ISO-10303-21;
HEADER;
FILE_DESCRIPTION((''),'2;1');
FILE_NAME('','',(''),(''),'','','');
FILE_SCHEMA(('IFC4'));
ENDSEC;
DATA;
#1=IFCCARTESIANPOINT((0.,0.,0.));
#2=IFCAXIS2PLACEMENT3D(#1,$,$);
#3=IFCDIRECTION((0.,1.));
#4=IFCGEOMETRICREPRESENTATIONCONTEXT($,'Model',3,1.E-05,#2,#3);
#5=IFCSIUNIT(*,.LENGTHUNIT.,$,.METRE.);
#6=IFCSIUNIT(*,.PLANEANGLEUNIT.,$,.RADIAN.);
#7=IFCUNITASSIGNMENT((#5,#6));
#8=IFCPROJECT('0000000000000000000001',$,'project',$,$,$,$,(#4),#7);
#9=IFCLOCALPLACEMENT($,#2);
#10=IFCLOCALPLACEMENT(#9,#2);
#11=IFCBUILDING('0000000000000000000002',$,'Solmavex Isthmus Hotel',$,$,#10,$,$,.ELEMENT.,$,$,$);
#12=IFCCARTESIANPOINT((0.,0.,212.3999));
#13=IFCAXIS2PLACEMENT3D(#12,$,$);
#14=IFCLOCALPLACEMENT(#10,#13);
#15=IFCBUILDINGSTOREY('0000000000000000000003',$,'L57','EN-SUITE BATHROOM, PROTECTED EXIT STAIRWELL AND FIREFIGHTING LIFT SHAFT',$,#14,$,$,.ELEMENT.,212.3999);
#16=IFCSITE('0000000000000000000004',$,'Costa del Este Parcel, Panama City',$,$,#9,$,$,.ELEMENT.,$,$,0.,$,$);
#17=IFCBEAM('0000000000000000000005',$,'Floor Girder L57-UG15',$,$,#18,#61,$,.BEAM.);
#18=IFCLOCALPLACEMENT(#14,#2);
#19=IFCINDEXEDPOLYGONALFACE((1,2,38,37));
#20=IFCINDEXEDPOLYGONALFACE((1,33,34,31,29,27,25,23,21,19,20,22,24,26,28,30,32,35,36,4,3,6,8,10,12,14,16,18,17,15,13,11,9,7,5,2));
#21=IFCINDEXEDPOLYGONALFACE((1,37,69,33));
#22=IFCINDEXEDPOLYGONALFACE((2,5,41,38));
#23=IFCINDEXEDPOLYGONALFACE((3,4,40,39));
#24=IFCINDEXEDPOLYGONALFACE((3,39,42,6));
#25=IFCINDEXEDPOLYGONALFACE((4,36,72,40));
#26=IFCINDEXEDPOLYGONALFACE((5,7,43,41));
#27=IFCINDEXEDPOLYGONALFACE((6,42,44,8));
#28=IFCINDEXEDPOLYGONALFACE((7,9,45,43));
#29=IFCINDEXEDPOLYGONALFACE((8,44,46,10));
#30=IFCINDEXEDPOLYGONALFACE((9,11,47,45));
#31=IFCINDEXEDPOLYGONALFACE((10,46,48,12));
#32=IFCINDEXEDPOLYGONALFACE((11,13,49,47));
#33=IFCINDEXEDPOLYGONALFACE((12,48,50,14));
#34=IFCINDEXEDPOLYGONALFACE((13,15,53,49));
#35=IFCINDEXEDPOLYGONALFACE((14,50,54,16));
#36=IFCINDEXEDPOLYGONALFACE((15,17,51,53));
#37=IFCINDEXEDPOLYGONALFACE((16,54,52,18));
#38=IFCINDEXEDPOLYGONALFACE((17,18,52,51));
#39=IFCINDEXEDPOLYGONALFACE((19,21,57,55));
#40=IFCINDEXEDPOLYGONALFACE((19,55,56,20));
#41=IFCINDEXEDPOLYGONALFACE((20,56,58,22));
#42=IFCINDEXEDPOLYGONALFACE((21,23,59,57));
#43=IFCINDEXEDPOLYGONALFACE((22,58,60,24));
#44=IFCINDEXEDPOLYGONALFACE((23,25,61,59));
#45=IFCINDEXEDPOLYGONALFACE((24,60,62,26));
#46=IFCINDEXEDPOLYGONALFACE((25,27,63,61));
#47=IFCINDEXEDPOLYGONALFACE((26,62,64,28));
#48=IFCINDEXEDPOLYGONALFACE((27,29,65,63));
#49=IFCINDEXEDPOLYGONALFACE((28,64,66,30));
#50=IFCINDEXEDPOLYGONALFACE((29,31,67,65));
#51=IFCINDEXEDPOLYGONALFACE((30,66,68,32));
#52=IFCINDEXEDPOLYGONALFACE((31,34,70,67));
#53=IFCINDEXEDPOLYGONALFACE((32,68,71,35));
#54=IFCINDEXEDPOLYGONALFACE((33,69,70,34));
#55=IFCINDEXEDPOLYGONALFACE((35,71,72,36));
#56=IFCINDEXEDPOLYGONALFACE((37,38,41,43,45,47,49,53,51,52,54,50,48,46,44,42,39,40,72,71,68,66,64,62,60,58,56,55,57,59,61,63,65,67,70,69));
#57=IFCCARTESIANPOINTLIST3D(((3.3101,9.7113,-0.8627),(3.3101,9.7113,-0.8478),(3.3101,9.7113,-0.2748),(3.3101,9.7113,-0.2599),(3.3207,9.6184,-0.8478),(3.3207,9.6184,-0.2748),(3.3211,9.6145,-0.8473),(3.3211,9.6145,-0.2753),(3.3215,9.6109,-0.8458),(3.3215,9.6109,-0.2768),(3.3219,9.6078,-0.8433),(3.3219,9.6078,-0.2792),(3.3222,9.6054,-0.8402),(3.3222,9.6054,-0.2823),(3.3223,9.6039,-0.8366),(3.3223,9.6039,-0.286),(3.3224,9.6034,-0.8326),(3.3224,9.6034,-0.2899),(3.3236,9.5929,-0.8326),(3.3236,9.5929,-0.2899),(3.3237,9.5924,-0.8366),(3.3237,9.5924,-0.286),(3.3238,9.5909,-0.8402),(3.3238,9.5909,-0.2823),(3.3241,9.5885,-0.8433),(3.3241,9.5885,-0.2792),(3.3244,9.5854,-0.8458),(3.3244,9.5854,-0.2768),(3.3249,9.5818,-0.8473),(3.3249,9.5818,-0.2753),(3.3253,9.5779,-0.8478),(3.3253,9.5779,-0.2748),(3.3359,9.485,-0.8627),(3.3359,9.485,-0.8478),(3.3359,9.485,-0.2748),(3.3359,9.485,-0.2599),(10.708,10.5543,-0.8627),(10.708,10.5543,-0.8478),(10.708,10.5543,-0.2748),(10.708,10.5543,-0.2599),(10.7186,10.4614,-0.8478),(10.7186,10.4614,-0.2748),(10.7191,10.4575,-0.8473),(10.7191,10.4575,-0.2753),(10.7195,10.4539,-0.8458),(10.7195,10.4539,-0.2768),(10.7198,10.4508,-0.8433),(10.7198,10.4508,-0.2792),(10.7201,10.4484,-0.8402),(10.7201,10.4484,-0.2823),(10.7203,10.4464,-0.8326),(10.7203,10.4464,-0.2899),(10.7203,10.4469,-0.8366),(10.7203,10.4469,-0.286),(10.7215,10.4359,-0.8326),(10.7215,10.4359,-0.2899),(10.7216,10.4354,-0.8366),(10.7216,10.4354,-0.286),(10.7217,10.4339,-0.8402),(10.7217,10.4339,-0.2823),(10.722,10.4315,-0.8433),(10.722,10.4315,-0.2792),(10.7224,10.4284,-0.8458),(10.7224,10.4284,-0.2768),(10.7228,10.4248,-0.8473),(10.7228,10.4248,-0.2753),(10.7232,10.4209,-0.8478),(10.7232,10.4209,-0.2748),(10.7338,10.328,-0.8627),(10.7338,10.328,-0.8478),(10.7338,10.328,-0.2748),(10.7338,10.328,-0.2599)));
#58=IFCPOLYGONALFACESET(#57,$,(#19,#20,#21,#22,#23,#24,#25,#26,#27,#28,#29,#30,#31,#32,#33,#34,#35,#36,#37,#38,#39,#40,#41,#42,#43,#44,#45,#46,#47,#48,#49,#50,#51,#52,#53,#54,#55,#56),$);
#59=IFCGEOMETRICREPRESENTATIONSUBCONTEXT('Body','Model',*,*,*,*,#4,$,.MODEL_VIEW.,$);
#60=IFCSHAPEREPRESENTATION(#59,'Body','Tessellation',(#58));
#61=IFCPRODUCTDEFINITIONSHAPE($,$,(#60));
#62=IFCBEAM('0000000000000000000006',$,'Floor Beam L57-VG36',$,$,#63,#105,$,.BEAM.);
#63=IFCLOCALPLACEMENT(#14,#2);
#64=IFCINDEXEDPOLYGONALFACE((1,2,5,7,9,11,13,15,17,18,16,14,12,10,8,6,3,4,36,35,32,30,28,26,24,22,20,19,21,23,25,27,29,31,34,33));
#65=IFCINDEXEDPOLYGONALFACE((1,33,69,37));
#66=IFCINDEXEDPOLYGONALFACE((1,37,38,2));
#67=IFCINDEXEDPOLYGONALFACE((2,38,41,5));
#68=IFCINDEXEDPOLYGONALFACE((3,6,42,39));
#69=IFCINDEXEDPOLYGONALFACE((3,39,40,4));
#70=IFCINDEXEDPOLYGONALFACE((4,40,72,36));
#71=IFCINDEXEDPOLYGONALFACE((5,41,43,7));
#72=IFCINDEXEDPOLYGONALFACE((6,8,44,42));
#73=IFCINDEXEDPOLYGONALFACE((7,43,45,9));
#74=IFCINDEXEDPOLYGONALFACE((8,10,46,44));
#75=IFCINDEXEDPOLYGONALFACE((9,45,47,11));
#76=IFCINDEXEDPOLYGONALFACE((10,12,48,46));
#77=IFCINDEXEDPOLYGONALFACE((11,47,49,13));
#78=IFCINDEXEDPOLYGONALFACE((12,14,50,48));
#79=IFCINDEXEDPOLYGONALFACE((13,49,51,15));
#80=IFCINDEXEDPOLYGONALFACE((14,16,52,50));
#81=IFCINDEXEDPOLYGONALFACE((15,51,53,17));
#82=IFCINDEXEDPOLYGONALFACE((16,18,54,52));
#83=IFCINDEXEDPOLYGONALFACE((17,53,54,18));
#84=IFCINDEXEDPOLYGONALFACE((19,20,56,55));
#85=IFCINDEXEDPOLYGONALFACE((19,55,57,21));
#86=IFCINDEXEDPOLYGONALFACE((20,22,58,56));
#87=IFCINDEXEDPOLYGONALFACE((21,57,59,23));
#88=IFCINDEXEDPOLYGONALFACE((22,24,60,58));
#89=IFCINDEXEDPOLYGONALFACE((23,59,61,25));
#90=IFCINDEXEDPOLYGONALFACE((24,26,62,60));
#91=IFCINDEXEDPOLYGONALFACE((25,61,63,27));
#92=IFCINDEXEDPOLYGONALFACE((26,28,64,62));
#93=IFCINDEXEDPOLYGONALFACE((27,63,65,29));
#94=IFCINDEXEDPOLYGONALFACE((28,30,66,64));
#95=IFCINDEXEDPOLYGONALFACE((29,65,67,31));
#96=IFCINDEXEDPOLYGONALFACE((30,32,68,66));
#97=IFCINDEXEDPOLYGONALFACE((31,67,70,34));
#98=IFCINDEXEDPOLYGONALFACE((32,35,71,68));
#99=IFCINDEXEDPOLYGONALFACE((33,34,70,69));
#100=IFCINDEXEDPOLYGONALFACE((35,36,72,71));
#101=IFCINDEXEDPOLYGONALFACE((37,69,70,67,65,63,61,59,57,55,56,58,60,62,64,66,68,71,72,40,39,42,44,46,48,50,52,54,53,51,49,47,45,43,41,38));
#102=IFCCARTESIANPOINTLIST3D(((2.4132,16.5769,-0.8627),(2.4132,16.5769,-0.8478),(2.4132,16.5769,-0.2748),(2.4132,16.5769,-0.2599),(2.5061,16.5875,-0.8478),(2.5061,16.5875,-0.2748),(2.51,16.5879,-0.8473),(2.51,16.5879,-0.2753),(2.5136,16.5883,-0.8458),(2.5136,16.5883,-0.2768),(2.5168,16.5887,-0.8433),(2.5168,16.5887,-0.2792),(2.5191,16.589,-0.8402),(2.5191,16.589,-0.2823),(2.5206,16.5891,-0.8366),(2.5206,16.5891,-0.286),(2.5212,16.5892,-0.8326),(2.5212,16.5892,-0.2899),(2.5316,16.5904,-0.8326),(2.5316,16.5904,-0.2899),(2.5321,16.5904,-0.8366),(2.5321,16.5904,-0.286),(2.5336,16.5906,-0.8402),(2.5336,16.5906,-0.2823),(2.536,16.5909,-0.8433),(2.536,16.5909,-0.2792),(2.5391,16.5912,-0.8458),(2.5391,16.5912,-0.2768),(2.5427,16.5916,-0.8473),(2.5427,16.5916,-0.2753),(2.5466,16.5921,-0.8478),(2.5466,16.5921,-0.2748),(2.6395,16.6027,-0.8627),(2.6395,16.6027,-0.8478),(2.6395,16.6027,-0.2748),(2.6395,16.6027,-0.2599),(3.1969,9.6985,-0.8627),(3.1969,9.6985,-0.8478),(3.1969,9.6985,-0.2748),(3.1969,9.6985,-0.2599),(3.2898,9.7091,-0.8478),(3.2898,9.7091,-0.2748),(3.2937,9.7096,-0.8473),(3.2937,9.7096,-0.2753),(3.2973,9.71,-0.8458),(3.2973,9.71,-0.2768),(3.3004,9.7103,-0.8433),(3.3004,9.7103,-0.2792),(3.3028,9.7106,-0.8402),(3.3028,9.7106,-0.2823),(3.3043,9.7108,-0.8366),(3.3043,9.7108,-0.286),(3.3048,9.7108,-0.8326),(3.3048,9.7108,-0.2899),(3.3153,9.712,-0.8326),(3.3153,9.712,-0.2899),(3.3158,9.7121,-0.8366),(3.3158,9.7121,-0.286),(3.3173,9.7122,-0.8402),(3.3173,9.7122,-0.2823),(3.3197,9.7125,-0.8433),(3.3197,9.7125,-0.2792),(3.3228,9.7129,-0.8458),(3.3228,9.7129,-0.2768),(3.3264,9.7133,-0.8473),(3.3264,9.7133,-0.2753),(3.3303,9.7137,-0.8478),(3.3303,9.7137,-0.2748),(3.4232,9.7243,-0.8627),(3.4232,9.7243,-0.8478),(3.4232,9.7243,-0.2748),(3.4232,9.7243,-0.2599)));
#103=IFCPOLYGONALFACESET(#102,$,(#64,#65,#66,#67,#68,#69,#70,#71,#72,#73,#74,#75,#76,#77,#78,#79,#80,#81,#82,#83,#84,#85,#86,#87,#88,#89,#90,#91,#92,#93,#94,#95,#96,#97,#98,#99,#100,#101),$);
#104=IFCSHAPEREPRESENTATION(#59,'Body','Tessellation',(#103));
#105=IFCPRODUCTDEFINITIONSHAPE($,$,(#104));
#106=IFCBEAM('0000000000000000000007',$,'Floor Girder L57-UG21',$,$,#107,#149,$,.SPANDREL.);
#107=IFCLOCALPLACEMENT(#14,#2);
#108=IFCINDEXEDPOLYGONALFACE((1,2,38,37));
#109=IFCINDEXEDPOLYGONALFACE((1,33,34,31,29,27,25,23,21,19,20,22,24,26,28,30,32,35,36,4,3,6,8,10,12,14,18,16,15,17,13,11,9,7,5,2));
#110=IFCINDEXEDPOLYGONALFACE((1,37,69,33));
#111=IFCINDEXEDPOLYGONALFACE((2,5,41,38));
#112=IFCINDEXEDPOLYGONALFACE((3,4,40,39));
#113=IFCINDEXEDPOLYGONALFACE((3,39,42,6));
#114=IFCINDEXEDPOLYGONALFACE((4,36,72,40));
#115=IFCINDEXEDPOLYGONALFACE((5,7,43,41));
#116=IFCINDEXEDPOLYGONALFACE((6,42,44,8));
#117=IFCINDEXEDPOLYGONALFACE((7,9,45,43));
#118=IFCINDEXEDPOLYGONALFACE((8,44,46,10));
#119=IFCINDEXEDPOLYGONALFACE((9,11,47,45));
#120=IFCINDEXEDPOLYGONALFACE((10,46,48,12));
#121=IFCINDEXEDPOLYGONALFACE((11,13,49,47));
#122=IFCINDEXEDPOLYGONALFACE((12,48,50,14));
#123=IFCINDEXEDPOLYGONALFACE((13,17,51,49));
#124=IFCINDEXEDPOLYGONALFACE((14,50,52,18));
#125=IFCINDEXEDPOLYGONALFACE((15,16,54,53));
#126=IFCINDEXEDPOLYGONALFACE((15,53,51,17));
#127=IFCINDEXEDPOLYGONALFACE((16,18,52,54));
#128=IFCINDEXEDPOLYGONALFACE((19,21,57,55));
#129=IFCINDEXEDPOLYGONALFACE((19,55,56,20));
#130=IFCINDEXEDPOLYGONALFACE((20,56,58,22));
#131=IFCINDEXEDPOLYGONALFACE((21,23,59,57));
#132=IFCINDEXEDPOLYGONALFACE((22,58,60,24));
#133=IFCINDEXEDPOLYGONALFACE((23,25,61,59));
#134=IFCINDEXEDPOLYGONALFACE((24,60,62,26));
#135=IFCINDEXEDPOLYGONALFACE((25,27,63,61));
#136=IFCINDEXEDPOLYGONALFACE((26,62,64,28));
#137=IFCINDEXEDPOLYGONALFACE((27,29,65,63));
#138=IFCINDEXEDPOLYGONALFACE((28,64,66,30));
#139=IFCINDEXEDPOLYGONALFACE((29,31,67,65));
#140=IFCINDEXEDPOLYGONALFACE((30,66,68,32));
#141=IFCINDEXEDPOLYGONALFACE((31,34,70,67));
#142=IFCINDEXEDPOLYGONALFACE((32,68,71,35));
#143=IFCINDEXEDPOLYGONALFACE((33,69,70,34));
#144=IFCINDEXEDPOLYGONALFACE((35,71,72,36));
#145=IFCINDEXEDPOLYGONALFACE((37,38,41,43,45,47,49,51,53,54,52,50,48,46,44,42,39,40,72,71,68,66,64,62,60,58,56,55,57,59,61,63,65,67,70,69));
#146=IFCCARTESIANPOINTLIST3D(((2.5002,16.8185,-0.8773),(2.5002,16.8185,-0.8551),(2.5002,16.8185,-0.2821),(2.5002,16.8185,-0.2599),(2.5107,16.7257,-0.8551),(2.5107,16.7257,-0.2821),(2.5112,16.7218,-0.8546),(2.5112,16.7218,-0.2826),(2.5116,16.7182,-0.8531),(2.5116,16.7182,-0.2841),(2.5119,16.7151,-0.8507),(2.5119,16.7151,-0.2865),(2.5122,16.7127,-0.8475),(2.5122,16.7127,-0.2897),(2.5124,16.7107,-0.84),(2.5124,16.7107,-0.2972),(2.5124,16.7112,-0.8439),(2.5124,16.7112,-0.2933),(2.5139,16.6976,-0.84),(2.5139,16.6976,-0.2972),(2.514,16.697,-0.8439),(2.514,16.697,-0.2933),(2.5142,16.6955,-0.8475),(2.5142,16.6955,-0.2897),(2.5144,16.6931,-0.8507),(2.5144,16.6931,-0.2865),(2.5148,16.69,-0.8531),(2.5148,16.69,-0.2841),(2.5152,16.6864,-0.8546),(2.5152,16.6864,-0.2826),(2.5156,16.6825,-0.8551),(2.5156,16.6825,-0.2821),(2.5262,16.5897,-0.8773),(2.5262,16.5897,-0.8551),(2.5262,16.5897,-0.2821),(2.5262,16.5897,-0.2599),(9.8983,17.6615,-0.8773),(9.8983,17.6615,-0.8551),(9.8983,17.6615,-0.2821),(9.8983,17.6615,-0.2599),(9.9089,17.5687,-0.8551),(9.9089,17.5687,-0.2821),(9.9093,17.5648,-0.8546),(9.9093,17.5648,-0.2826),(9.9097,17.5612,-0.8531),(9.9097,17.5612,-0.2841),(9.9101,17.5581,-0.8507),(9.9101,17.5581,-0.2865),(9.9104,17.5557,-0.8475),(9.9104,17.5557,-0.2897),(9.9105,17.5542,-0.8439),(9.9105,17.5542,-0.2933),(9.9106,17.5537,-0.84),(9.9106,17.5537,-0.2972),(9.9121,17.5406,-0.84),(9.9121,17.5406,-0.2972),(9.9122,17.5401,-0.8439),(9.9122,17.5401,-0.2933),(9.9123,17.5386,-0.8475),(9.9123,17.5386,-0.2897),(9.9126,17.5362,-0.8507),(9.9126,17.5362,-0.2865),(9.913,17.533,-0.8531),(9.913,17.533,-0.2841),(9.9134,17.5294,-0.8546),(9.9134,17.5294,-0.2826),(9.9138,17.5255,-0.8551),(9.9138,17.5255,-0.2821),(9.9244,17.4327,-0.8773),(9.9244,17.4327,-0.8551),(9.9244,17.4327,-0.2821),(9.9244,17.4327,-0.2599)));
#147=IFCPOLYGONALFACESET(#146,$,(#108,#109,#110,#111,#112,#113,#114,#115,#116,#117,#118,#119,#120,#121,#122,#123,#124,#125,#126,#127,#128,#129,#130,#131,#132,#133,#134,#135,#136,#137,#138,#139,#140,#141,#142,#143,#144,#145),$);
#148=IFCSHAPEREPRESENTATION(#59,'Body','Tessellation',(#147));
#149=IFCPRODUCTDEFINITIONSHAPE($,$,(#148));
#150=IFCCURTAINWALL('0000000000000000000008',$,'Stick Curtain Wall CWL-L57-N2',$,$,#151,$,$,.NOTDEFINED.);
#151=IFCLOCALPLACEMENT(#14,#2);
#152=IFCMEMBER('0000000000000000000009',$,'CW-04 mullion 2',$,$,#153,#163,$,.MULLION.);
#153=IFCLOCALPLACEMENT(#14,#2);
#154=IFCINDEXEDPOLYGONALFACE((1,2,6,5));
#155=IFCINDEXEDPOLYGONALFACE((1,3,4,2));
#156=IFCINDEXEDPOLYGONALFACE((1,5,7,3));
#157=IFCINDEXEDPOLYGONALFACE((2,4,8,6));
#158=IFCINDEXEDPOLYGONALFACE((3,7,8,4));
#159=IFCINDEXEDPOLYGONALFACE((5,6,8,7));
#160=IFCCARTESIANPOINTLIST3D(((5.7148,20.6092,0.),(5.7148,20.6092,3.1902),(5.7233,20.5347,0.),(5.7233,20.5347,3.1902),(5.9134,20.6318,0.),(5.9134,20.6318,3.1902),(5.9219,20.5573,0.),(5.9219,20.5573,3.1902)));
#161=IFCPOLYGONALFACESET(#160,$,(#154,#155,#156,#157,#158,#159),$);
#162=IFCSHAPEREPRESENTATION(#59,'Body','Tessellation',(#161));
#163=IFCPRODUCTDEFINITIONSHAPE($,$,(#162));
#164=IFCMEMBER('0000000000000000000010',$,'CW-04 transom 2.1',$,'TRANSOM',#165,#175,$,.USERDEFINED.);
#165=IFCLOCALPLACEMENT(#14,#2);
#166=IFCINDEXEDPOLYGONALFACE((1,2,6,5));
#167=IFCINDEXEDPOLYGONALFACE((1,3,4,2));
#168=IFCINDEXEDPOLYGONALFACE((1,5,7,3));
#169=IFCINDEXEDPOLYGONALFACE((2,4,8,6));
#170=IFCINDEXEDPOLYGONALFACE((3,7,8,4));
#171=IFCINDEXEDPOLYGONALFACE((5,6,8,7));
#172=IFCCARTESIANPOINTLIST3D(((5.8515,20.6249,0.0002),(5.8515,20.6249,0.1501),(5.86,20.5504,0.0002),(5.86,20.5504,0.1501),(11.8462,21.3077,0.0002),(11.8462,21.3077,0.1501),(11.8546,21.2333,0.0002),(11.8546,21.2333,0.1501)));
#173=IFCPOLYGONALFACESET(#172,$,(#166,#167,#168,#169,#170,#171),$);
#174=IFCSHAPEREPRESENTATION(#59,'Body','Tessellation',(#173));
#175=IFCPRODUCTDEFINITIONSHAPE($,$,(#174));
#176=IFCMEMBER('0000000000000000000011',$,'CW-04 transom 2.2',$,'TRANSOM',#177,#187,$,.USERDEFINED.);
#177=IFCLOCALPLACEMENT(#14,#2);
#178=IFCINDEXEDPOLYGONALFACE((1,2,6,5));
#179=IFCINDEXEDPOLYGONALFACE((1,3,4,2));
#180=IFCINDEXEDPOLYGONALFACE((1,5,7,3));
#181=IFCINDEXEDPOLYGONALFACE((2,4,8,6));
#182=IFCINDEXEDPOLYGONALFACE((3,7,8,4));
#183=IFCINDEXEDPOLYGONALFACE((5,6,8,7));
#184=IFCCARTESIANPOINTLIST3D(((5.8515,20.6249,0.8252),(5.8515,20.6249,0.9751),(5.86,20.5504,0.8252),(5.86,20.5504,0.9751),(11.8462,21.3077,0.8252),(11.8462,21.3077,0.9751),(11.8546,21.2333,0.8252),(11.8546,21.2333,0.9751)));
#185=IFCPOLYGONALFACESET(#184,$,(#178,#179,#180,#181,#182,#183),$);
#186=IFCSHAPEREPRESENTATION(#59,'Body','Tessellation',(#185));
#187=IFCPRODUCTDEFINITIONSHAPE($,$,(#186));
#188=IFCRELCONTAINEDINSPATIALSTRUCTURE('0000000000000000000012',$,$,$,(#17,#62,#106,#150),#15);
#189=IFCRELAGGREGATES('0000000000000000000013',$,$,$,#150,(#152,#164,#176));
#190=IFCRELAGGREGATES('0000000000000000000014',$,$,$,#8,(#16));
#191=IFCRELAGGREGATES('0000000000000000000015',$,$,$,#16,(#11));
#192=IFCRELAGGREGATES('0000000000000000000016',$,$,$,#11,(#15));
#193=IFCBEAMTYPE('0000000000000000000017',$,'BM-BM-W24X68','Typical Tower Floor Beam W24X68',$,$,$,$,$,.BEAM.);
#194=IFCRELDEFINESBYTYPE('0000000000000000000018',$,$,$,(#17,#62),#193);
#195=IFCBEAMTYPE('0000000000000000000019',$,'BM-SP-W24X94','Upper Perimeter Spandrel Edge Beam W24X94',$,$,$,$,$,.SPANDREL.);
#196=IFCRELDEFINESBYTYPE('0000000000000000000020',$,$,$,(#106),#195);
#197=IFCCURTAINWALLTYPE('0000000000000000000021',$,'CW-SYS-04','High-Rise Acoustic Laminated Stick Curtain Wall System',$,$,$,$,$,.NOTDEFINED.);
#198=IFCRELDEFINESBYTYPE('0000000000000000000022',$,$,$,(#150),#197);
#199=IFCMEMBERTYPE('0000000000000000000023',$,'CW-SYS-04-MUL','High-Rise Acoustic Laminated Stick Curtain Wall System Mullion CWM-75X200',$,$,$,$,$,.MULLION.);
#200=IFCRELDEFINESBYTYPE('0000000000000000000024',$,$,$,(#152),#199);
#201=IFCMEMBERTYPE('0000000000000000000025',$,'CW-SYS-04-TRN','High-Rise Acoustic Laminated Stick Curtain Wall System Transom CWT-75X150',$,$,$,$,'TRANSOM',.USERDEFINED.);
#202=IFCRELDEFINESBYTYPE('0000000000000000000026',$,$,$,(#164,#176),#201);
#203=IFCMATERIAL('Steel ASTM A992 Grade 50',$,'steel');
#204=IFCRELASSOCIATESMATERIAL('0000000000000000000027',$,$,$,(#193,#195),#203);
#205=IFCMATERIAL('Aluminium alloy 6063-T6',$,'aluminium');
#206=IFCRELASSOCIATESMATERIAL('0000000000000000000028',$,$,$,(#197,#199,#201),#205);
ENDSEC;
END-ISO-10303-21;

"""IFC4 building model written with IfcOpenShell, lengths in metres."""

from ifc_helpers import new_model, si_unit, direction, frame, origin, origin_2d, place, context, subcontext, project, spatial, rectangle, i_section, extrude, material, material_profile, profile_set, type_object, element, aggregate, save


model = new_model("IFC4")

# Units and contexts
model_context = context("Model", 3, precision=1e-05, world=origin(), true_north=direction((0.0, 1.0)))
body_context = subcontext(model_context, "Body", "Model", "MODEL_VIEW")
ifc_project = project(units=[si_unit("LENGTHUNIT", "METRE"), si_unit("PLANEANGLEUNIT", "RADIAN")], contexts=[model_context])

# Site, building, storey
site_placement = place(None, origin())
site = spatial("IfcSite", under=ifc_project, at=site_placement, Name="Costa del Este Parcel, Panama City", CompositionType="ELEMENT", RefElevation=0.0)
building_placement = place(site_placement, origin())
building = spatial("IfcBuilding", under=site, at=building_placement, Name="Solmavex Isthmus Hotel", CompositionType="ELEMENT")
storey_placement = place(building_placement, frame((0.0, 0.0, 212.3999)))
storey = spatial("IfcBuildingStorey", under=building, at=storey_placement, Name="L57", Description="EN-SUITE BATHROOM, PROTECTED EXIT STAIRWELL AND FIREFIGHTING LIFT SHAFT", CompositionType="ELEMENT", Elevation=212.3999)

# Beams
ifc_material_1 = material(Name="Steel ASTM A992 Grade 50", Category="steel")
ifc_material_profile_1 = material_profile(ifc_material_1, i_section(OverallWidth=0.2278, OverallDepth=0.6028, WebThickness=0.0105, FlangeThickness=0.0149, FilletRadius=0.0151, at=origin_2d()), Name="W24X68")
ifc_profile_set_1 = profile_set([ifc_material_profile_1], Name="Steel ASTM A992 Grade 50")
beam_type_1 = type_object("IfcBeamType", Name="BM-BM-W24X68", Description="Typical Tower Floor Beam W24X68", PredefinedType="BEAM", material=ifc_profile_set_1)
beam_1_placement = place(storey_placement, frame((3.323, 9.5981, -0.5613), z_axis=(0.99357, 0.11322, 0.0), x_axis=(-0.11322, 0.99357, 0.0)))
element("IfcBeam", 1, at=beam_1_placement, inside=storey, type_object=beam_type_1, Name="Floor Girder L57-UG15", PredefinedType="BEAM", context=body_context, shape_type="SweptSolid", body=[
    extrude(i_section(OverallWidth=0.2278, OverallDepth=0.6028, WebThickness=0.0105, FlangeThickness=0.0149, FilletRadius=0.0151, at=origin_2d()), origin(), (0.0, 0.0, 1.0), 7.4458),
])
beam_2_placement = place(storey_placement, frame((3.3101, 9.7114, -0.5613), z_axis=(-0.113202, 0.993572, 0.0), x_axis=(-0.993572, -0.113202, 0.0)))
element("IfcBeam", 2, at=beam_2_placement, inside=storey, type_object=beam_type_1, Name="Floor Beam L57-VG36", PredefinedType="BEAM", context=body_context, shape_type="SweptSolid", body=[
    extrude(i_section(OverallWidth=0.2278, OverallDepth=0.6028, WebThickness=0.0105, FlangeThickness=0.0149, FilletRadius=0.0151, at=origin_2d()), origin(), (0.0, 0.0, 1.0), 6.9229),
])
ifc_material_profile_2 = material_profile(ifc_material_1, i_section(OverallWidth=0.2302, OverallDepth=0.6174, WebThickness=0.0132, FlangeThickness=0.0222, FilletRadius=0.0151, at=origin_2d()), Name="W24X94")
ifc_profile_set_2 = profile_set([ifc_material_profile_2], Name="Steel ASTM A992 Grade 50")
beam_type_2 = type_object("IfcBeamType", Name="BM-SP-W24X94", Description="Upper Perimeter Spandrel Edge Beam W24X94", PredefinedType="SPANDREL", material=ifc_profile_set_2)
beam_3_placement = place(storey_placement, frame((2.5132, 16.7041, -0.5686), z_axis=(0.99357, 0.113216, 0.0), x_axis=(-0.113216, 0.99357, 0.0)))
element("IfcBeam", 3, at=beam_3_placement, inside=storey, type_object=beam_type_2, Name="Floor Girder L57-UG21", PredefinedType="SPANDREL", context=body_context, shape_type="SweptSolid", body=[
    extrude(i_section(OverallWidth=0.2302, OverallDepth=0.6174, WebThickness=0.0132, FlangeThickness=0.0222, FilletRadius=0.0151, at=origin_2d()), origin(), (0.0, 0.0, 1.0), 7.446),
])

# Curtain wall, members
ifc_material_2 = material(Name="Aluminium alloy 6063-T6", Category="aluminium")
curtain_wall_type = type_object("IfcCurtainWallType", Name="CW-SYS-04", Description="High-Rise Acoustic Laminated Stick Curtain Wall System", PredefinedType="NOTDEFINED", material=ifc_material_2)
curtain_wall_placement = place(storey_placement, origin())
curtain_wall = element("IfcCurtainWall", 4, at=curtain_wall_placement, inside=storey, type_object=curtain_wall_type, Name="Stick Curtain Wall CWL-L57-N2", PredefinedType="NOTDEFINED")
ifc_material_profile_3 = material_profile(ifc_material_2, rectangle(XDim=0.075, YDim=0.2, at=origin_2d()), Name="CWM-75X200")
ifc_profile_set_3 = profile_set([ifc_material_profile_3], Name="Aluminium alloy 6063-T6")
member_type_1 = type_object("IfcMemberType", Name="CW-SYS-04-MUL", Description="High-Rise Acoustic Laminated Stick Curtain Wall System Mullion CWM-75X200", PredefinedType="MULLION", material=ifc_profile_set_3)
member_1_placement = place(storey_placement, frame((5.8184, 20.5833, 0.0), z_axis=(0.0, 0.0, 1.0), x_axis=(-0.113203, 0.993572, 0.0)))
member_1 = element("IfcMember", 5, at=member_1_placement, type_object=member_type_1, Name="CW-04 mullion 2", PredefinedType="MULLION", context=body_context, shape_type="SweptSolid", body=[
    extrude(rectangle(XDim=0.075, YDim=0.2, at=origin_2d()), origin(), (0.0, 0.0, 1.0), 3.1902),
])
ifc_material_profile_4 = material_profile(ifc_material_2, rectangle(XDim=0.075, YDim=0.1499, at=origin_2d()), Name="CWT-75X150")
ifc_profile_set_4 = profile_set([ifc_material_profile_4], Name="Aluminium alloy 6063-T6")
member_type_2 = type_object("IfcMemberType", Name="CW-SYS-04-TRN", Description="High-Rise Acoustic Laminated Stick Curtain Wall System Transom CWT-75X150", ElementType="TRANSOM", PredefinedType="USERDEFINED", material=ifc_profile_set_4)
member_2_placement = place(storey_placement, frame((5.8557, 20.5876, 0.0752), z_axis=(0.993574, 0.11318, 0.0), x_axis=(-0.11318, 0.993574, 0.0)))
member_2 = element("IfcMember", 6, at=member_2_placement, type_object=member_type_2, Name="CW-04 transom 2.1", ObjectType="TRANSOM", PredefinedType="USERDEFINED", context=body_context, shape_type="SweptSolid", body=[
    extrude(rectangle(XDim=0.075, YDim=0.1499, at=origin_2d()), origin(), (0.0, 0.0, 1.0), 6.0334),
])
member_3_placement = place(storey_placement, frame((5.8557, 20.5876, 0.9001), z_axis=(0.993574, 0.11318, 0.0), x_axis=(-0.11318, 0.993574, 0.0)))
member_3 = element("IfcMember", 7, at=member_3_placement, type_object=member_type_2, Name="CW-04 transom 2.2", ObjectType="TRANSOM", PredefinedType="USERDEFINED", context=body_context, shape_type="SweptSolid", body=[
    extrude(rectangle(XDim=0.075, YDim=0.1499, at=origin_2d()), origin(), (0.0, 0.0, 1.0), 6.0334),
])
aggregate(curtain_wall, [member_1, member_2, member_3])

save(model, "model.ifc")
